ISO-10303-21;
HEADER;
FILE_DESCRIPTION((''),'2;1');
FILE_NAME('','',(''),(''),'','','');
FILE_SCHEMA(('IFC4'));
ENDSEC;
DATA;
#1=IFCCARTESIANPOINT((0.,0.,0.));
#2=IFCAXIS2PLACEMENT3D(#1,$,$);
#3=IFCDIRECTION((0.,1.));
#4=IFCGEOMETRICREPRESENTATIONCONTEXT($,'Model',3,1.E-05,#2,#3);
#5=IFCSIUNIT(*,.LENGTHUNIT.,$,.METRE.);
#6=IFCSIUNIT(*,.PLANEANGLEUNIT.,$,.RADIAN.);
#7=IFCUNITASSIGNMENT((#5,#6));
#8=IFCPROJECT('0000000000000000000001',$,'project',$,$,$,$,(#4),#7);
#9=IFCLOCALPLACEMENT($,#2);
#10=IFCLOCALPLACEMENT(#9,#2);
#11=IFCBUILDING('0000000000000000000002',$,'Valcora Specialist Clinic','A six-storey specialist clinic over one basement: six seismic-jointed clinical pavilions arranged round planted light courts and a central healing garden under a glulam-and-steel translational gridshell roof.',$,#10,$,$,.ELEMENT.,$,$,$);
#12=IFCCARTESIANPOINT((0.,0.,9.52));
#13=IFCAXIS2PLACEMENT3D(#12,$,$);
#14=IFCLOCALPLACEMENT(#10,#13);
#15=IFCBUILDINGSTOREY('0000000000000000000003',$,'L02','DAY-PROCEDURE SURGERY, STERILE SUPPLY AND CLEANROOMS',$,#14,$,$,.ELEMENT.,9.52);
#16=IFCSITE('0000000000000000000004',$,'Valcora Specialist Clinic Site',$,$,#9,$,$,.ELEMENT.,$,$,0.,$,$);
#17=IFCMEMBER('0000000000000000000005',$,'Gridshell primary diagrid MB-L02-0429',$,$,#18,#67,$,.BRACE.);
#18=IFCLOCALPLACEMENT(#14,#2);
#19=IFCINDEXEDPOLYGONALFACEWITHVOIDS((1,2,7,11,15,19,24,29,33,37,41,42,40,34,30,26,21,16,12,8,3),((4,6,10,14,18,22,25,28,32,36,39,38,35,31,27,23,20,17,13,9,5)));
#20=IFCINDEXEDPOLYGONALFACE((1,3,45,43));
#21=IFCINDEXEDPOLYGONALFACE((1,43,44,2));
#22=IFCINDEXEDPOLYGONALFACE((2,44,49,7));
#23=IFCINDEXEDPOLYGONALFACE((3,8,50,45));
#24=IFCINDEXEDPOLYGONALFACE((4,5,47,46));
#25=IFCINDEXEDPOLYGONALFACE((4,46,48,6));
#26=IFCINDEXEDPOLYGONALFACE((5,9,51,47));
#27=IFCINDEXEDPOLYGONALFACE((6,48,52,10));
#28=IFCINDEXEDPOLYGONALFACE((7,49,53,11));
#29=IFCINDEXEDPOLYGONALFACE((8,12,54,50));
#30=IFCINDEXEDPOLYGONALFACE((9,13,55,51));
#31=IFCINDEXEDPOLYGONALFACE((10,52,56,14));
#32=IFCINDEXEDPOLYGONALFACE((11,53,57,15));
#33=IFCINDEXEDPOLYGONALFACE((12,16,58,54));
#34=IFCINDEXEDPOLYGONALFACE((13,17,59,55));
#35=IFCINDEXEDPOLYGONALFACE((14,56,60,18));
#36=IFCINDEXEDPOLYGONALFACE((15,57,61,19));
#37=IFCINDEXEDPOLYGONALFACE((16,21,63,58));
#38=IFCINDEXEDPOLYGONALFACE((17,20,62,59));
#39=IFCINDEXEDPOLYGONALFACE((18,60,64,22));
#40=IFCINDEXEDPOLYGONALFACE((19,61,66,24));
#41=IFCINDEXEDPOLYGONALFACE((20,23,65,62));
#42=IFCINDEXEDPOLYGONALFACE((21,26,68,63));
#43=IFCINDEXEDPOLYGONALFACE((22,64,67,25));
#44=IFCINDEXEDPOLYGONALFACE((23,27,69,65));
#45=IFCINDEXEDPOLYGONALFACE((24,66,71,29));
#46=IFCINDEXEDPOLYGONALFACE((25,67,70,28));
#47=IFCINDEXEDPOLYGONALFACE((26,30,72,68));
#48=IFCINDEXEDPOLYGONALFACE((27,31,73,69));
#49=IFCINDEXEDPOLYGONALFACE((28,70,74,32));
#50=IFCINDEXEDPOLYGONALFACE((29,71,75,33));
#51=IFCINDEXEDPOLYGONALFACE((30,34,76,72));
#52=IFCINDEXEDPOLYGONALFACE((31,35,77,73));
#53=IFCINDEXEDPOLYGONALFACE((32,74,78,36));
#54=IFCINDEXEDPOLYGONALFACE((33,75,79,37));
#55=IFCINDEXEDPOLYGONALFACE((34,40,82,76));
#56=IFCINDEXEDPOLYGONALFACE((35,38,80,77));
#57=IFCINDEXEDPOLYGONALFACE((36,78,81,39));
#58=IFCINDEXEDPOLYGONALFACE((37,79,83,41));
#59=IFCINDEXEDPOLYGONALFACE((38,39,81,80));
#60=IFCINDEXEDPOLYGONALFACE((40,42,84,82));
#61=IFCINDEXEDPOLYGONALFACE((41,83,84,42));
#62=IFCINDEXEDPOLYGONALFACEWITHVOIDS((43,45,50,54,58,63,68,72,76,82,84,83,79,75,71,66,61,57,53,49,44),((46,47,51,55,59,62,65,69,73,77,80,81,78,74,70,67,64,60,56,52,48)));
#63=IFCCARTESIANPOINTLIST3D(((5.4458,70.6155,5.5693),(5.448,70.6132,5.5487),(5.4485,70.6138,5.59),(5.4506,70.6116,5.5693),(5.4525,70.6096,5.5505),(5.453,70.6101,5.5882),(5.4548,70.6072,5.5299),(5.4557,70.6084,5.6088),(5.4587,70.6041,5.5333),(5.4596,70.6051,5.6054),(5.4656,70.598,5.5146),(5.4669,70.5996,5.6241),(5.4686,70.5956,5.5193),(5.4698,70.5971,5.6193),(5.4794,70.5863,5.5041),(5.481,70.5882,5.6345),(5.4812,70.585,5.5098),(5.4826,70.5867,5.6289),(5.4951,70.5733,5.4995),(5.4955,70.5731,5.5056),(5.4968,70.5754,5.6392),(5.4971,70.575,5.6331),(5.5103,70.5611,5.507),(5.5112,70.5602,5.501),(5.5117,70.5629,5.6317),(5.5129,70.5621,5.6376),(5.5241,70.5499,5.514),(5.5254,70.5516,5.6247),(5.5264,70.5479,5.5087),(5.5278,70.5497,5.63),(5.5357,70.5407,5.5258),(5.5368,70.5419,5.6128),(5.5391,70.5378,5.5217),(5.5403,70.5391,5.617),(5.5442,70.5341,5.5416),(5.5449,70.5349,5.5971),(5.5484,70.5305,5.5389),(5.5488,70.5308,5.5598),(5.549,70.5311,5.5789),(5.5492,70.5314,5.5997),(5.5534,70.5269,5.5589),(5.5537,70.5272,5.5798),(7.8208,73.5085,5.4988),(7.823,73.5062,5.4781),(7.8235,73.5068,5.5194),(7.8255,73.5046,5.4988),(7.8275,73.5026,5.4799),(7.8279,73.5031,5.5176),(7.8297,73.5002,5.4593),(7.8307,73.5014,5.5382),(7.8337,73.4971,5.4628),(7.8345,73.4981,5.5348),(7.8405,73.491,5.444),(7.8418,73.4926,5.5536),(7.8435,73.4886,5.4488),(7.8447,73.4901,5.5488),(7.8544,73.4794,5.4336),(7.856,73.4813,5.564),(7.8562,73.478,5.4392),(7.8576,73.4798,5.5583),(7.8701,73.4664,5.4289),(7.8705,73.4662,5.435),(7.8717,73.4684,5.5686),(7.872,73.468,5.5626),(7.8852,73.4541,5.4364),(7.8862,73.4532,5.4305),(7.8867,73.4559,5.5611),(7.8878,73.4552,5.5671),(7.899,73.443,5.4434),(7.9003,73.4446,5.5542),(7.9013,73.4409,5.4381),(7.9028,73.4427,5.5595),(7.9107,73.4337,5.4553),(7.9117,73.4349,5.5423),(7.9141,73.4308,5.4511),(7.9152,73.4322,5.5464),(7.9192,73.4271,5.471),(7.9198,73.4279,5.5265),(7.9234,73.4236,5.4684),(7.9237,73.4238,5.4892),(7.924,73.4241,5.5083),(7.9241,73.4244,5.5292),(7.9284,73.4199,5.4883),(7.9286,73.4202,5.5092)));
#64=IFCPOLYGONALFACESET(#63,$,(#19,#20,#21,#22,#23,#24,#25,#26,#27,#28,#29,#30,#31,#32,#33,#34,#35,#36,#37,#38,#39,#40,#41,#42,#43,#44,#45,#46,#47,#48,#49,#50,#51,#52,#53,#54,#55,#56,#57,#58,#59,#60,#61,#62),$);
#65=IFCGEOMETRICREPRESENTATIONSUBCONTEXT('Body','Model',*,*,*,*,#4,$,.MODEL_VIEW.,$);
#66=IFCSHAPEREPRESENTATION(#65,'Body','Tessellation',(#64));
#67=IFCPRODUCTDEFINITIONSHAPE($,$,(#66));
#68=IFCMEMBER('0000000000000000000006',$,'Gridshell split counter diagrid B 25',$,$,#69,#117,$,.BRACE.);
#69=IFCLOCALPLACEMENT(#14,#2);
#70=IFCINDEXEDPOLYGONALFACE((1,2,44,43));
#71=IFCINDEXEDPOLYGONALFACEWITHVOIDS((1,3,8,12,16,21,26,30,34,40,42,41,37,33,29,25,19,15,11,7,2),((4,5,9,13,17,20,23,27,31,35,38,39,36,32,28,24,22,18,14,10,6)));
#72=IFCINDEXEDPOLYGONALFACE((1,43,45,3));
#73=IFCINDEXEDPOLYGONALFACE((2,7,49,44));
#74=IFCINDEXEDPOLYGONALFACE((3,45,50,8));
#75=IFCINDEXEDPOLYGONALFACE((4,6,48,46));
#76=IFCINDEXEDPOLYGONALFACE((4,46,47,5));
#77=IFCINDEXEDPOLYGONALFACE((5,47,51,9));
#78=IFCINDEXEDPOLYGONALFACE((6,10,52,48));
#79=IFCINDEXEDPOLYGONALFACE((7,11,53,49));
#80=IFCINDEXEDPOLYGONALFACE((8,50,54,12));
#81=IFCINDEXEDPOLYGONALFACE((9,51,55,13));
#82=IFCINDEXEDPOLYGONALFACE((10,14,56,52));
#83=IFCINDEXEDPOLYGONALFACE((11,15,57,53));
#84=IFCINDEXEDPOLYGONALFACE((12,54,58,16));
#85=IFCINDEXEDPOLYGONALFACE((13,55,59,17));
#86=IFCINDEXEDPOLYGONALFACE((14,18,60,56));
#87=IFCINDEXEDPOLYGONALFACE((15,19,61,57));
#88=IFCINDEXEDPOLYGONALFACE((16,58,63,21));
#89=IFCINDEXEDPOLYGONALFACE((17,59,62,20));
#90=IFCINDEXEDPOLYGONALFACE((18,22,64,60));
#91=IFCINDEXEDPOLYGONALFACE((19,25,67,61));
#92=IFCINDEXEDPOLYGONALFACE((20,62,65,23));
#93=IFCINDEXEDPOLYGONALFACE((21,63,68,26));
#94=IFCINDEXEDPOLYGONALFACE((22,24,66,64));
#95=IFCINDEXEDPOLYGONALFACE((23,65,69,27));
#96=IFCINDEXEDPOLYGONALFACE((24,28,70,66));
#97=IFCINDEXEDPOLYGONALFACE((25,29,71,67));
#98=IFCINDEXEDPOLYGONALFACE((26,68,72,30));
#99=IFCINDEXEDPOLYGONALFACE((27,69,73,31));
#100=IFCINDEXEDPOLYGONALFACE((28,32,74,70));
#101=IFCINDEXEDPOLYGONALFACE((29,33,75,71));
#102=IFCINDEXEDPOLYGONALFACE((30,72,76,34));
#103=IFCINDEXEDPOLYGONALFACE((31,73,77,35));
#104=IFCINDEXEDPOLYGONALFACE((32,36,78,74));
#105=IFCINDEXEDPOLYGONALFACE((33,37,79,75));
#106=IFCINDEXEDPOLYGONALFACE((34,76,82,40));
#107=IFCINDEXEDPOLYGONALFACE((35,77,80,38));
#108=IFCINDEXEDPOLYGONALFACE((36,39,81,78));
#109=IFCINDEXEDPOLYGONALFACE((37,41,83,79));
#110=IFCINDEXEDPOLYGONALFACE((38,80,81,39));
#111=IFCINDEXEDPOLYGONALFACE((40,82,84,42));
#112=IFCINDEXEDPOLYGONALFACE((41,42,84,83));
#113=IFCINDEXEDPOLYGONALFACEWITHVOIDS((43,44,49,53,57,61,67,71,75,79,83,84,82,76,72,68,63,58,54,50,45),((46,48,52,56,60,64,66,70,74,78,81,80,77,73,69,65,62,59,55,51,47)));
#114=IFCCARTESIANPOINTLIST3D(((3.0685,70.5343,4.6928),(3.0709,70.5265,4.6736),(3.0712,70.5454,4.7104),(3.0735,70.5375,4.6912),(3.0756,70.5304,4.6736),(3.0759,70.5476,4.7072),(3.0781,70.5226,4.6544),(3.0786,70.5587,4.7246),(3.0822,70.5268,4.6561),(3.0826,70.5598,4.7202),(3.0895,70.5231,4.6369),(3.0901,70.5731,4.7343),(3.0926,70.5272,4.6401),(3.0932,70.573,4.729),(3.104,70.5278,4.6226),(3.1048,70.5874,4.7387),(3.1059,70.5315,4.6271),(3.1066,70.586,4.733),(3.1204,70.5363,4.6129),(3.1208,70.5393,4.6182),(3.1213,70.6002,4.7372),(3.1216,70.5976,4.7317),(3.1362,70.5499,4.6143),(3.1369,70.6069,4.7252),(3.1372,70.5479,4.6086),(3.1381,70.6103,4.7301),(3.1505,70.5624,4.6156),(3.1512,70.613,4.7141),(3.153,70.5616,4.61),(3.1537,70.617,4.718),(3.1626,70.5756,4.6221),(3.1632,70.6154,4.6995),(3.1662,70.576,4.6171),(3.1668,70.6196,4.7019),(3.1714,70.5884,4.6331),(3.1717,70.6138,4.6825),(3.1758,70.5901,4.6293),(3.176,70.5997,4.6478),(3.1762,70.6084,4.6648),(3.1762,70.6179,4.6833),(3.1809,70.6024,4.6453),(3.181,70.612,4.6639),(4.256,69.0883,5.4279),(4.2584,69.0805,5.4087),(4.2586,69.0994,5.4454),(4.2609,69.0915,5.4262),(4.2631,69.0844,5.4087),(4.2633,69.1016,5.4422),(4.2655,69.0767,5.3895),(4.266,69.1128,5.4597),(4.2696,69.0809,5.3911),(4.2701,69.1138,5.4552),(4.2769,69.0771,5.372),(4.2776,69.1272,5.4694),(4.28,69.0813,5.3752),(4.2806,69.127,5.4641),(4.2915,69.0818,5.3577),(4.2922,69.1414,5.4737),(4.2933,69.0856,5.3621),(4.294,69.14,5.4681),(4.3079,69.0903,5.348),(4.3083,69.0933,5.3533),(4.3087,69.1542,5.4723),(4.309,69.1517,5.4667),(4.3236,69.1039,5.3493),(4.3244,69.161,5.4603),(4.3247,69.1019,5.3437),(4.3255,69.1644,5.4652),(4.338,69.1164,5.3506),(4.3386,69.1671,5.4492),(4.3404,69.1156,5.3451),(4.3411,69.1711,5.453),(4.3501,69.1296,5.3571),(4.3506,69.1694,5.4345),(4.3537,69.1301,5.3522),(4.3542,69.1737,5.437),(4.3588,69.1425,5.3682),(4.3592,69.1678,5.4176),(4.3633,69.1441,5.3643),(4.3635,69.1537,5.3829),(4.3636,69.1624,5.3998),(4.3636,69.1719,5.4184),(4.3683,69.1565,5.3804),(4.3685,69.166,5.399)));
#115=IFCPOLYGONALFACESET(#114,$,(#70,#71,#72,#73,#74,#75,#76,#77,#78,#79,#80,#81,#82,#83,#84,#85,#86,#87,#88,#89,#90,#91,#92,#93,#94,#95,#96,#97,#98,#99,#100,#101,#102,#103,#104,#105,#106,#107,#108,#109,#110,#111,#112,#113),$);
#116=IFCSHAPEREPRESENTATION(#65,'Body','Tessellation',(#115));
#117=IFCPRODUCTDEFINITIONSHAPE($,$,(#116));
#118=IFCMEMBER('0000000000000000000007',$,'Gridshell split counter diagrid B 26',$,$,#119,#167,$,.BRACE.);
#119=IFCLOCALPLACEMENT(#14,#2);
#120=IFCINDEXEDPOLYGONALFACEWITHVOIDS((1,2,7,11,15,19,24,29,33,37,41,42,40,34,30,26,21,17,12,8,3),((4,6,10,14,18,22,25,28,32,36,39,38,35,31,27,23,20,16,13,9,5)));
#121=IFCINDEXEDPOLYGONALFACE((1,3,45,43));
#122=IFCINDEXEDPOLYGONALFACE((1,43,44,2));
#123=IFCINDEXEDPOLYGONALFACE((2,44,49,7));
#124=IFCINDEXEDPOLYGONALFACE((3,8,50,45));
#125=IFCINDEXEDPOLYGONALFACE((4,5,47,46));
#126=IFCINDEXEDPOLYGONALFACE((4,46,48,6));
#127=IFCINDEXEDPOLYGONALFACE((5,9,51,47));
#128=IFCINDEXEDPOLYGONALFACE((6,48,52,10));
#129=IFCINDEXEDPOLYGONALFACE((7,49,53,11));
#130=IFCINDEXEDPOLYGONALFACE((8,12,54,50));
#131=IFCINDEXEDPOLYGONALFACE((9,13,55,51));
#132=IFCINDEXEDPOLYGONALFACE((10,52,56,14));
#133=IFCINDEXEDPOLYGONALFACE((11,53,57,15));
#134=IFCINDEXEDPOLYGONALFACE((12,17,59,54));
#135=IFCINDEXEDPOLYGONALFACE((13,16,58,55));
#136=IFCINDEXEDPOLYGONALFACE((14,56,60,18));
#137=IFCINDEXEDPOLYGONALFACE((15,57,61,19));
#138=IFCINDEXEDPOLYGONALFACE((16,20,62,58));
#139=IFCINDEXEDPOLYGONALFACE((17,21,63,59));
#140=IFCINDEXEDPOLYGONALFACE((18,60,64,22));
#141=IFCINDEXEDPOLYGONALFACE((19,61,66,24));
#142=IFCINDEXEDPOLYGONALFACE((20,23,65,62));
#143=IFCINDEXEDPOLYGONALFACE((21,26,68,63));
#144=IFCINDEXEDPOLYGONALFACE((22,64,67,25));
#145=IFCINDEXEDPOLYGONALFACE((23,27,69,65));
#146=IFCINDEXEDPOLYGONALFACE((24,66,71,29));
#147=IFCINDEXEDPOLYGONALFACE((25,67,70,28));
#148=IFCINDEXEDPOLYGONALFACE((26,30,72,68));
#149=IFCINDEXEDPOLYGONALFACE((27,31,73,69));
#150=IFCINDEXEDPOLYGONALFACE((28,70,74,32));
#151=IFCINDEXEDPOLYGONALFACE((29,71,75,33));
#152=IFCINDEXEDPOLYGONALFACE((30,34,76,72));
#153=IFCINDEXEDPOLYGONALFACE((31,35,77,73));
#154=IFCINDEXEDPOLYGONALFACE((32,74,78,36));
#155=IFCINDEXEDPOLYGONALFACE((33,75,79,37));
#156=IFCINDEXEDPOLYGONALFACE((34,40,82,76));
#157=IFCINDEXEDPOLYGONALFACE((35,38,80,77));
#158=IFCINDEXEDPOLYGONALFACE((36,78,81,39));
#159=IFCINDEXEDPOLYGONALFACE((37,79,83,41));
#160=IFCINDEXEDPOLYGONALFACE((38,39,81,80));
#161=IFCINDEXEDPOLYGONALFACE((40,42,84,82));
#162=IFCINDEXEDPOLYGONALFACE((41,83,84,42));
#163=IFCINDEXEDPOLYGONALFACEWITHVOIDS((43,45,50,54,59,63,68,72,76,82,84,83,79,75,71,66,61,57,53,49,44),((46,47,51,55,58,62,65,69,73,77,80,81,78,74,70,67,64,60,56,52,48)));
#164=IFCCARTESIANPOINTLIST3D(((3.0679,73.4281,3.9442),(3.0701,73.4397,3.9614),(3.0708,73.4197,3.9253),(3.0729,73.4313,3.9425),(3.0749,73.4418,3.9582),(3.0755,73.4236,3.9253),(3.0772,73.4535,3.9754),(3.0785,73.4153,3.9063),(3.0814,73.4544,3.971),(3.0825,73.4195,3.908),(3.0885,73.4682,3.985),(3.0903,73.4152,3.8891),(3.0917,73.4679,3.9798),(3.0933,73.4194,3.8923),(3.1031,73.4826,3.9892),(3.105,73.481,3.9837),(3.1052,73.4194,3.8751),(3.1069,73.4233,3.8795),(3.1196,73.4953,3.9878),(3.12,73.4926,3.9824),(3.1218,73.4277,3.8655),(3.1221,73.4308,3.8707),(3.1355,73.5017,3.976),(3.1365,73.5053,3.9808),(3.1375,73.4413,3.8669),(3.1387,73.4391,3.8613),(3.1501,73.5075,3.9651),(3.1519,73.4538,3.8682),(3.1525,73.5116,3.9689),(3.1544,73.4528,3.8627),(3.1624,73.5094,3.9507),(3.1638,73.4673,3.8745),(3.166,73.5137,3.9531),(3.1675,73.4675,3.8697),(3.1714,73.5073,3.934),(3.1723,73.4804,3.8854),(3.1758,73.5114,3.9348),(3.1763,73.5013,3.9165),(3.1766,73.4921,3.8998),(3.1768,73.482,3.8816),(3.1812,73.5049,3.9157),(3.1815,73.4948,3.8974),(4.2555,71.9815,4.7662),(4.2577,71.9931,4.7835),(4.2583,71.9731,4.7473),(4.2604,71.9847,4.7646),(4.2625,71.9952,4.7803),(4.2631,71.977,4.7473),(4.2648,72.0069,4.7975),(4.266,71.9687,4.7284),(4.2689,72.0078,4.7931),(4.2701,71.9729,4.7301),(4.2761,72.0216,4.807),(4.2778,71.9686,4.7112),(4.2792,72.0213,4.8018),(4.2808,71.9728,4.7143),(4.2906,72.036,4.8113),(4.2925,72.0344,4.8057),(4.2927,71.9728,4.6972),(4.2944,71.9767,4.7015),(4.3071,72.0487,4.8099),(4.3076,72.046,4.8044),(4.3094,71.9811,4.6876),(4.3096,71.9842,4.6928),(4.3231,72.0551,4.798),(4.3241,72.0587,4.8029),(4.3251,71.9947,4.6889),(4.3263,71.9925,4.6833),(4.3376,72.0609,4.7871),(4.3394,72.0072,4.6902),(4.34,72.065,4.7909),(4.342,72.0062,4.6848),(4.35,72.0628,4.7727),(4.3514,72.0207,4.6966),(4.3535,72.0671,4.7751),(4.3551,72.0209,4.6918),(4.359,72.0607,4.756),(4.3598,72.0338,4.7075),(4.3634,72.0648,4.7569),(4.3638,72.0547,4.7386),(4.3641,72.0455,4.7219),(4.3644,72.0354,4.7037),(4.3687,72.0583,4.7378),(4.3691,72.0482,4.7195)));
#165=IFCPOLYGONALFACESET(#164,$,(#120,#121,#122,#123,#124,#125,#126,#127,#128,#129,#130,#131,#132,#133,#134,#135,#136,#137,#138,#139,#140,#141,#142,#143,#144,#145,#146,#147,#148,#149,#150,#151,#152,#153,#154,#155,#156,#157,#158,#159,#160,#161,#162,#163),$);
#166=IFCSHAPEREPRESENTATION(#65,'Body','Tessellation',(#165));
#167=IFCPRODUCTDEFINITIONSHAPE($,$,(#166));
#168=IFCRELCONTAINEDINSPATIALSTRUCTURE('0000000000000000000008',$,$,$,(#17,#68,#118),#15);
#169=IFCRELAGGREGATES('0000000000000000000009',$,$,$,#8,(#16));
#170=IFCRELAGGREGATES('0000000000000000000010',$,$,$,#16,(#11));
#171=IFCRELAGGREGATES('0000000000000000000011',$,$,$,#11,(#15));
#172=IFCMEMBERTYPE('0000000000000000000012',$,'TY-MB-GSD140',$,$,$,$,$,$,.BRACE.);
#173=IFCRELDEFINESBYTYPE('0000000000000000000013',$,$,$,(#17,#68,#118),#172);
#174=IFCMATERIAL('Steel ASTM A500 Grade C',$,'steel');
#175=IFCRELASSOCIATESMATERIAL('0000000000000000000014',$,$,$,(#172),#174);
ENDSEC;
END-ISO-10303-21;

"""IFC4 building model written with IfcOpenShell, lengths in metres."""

from ifc_helpers import new_model, si_unit, direction, frame, origin, origin_2d, place, context, subcontext, project, spatial, hollow_circle, extrude, material, material_profile, profile_set, type_object, element, save


model = new_model("IFC4")

# Units and contexts
model_context = context("Model", 3, precision=1e-05, world=origin(), true_north=direction((0.0, 1.0)))
body_context = subcontext(model_context, "Body", "Model", "MODEL_VIEW")
ifc_project = project(units=[si_unit("LENGTHUNIT", "METRE"), si_unit("PLANEANGLEUNIT", "RADIAN")], contexts=[model_context])

# Site, building, storey
site_placement = place(None, origin())
site = spatial("IfcSite", under=ifc_project, at=site_placement, Name="Valcora Specialist Clinic Site", CompositionType="ELEMENT", RefElevation=0.0)
building_placement = place(site_placement, origin())
building = spatial("IfcBuilding", under=site, at=building_placement, Name="Valcora Specialist Clinic", Description="A six-storey specialist clinic over one basement: six seismic-jointed clinical pavilions arranged round planted light courts and a central healing garden under a glulam-and-steel translational gridshell roof.", CompositionType="ELEMENT")
storey_placement = place(building_placement, frame((0.0, 0.0, 9.52)))
storey = spatial("IfcBuildingStorey", under=building, at=storey_placement, Name="L02", Description="DAY-PROCEDURE SURGERY, STERILE SUPPLY AND CLEANROOMS", CompositionType="ELEMENT", Elevation=9.52)

# Members
ifc_material_1 = material(Name="Steel ASTM A500 Grade C", Category="steel")
ifc_material_profile_1 = material_profile(ifc_material_1, hollow_circle(Radius=0.0701, WallThickness=0.0061, at=origin_2d()), Name="ST-CHS-140X6")
ifc_profile_set_1 = profile_set([ifc_material_profile_1], Name="Steel ASTM A500 Grade C")
member_type_1 = type_object("IfcMemberType", Name="TY-MB-GSD140", PredefinedType="BRACE", material=ifc_profile_set_1)
member_1_placement = place(storey_placement, frame((5.5, 70.571, 5.5693), z_axis=(0.634396, 0.772779, -0.018847), x_axis=(-0.772916, 0.634508, 0.0)))
element("IfcMember", 1, at=member_1_placement, inside=storey, type_object=member_type_1, Name="Gridshell primary diagrid MB-L02-0429", PredefinedType="BRACE", context=body_context, shape_type="SweptSolid", body=[
    extrude(hollow_circle(Radius=0.0701, WallThickness=0.0061, at=origin_2d()), origin(), (0.0, 0.0, 1.0), 3.7437),
])
member_2_placement = place(storey_placement, frame((4.3125, 69.125, 5.4087), z_axis=(-0.590687, 0.719293, -0.365658), x_axis=(-0.772811, -0.634636, 0.0)))
element("IfcMember", 2, at=member_2_placement, inside=storey, type_object=member_type_1, Name="Gridshell split counter diagrid B 25", PredefinedType="BRACE", context=body_context, shape_type="SweptSolid", body=[
    extrude(hollow_circle(Radius=0.0701, WallThickness=0.0061, at=origin_2d()), origin(), (0.0, 0.0, 1.0), 2.0103),
])
member_3_placement = place(storey_placement, frame((4.3125, 72.0176, 4.7473), z_axis=(-0.580941, 0.707664, -0.402144), x_axis=(-0.772916, -0.634508, 0.0)))
element("IfcMember", 3, at=member_3_placement, inside=storey, type_object=member_type_1, Name="Gridshell split counter diagrid B 26", PredefinedType="BRACE", context=body_context, shape_type="SweptSolid", body=[
    extrude(hollow_circle(Radius=0.0701, WallThickness=0.0061, at=origin_2d()), origin(), (0.0, 0.0, 1.0), 2.0442),
])

save(model, "model.ifc")
